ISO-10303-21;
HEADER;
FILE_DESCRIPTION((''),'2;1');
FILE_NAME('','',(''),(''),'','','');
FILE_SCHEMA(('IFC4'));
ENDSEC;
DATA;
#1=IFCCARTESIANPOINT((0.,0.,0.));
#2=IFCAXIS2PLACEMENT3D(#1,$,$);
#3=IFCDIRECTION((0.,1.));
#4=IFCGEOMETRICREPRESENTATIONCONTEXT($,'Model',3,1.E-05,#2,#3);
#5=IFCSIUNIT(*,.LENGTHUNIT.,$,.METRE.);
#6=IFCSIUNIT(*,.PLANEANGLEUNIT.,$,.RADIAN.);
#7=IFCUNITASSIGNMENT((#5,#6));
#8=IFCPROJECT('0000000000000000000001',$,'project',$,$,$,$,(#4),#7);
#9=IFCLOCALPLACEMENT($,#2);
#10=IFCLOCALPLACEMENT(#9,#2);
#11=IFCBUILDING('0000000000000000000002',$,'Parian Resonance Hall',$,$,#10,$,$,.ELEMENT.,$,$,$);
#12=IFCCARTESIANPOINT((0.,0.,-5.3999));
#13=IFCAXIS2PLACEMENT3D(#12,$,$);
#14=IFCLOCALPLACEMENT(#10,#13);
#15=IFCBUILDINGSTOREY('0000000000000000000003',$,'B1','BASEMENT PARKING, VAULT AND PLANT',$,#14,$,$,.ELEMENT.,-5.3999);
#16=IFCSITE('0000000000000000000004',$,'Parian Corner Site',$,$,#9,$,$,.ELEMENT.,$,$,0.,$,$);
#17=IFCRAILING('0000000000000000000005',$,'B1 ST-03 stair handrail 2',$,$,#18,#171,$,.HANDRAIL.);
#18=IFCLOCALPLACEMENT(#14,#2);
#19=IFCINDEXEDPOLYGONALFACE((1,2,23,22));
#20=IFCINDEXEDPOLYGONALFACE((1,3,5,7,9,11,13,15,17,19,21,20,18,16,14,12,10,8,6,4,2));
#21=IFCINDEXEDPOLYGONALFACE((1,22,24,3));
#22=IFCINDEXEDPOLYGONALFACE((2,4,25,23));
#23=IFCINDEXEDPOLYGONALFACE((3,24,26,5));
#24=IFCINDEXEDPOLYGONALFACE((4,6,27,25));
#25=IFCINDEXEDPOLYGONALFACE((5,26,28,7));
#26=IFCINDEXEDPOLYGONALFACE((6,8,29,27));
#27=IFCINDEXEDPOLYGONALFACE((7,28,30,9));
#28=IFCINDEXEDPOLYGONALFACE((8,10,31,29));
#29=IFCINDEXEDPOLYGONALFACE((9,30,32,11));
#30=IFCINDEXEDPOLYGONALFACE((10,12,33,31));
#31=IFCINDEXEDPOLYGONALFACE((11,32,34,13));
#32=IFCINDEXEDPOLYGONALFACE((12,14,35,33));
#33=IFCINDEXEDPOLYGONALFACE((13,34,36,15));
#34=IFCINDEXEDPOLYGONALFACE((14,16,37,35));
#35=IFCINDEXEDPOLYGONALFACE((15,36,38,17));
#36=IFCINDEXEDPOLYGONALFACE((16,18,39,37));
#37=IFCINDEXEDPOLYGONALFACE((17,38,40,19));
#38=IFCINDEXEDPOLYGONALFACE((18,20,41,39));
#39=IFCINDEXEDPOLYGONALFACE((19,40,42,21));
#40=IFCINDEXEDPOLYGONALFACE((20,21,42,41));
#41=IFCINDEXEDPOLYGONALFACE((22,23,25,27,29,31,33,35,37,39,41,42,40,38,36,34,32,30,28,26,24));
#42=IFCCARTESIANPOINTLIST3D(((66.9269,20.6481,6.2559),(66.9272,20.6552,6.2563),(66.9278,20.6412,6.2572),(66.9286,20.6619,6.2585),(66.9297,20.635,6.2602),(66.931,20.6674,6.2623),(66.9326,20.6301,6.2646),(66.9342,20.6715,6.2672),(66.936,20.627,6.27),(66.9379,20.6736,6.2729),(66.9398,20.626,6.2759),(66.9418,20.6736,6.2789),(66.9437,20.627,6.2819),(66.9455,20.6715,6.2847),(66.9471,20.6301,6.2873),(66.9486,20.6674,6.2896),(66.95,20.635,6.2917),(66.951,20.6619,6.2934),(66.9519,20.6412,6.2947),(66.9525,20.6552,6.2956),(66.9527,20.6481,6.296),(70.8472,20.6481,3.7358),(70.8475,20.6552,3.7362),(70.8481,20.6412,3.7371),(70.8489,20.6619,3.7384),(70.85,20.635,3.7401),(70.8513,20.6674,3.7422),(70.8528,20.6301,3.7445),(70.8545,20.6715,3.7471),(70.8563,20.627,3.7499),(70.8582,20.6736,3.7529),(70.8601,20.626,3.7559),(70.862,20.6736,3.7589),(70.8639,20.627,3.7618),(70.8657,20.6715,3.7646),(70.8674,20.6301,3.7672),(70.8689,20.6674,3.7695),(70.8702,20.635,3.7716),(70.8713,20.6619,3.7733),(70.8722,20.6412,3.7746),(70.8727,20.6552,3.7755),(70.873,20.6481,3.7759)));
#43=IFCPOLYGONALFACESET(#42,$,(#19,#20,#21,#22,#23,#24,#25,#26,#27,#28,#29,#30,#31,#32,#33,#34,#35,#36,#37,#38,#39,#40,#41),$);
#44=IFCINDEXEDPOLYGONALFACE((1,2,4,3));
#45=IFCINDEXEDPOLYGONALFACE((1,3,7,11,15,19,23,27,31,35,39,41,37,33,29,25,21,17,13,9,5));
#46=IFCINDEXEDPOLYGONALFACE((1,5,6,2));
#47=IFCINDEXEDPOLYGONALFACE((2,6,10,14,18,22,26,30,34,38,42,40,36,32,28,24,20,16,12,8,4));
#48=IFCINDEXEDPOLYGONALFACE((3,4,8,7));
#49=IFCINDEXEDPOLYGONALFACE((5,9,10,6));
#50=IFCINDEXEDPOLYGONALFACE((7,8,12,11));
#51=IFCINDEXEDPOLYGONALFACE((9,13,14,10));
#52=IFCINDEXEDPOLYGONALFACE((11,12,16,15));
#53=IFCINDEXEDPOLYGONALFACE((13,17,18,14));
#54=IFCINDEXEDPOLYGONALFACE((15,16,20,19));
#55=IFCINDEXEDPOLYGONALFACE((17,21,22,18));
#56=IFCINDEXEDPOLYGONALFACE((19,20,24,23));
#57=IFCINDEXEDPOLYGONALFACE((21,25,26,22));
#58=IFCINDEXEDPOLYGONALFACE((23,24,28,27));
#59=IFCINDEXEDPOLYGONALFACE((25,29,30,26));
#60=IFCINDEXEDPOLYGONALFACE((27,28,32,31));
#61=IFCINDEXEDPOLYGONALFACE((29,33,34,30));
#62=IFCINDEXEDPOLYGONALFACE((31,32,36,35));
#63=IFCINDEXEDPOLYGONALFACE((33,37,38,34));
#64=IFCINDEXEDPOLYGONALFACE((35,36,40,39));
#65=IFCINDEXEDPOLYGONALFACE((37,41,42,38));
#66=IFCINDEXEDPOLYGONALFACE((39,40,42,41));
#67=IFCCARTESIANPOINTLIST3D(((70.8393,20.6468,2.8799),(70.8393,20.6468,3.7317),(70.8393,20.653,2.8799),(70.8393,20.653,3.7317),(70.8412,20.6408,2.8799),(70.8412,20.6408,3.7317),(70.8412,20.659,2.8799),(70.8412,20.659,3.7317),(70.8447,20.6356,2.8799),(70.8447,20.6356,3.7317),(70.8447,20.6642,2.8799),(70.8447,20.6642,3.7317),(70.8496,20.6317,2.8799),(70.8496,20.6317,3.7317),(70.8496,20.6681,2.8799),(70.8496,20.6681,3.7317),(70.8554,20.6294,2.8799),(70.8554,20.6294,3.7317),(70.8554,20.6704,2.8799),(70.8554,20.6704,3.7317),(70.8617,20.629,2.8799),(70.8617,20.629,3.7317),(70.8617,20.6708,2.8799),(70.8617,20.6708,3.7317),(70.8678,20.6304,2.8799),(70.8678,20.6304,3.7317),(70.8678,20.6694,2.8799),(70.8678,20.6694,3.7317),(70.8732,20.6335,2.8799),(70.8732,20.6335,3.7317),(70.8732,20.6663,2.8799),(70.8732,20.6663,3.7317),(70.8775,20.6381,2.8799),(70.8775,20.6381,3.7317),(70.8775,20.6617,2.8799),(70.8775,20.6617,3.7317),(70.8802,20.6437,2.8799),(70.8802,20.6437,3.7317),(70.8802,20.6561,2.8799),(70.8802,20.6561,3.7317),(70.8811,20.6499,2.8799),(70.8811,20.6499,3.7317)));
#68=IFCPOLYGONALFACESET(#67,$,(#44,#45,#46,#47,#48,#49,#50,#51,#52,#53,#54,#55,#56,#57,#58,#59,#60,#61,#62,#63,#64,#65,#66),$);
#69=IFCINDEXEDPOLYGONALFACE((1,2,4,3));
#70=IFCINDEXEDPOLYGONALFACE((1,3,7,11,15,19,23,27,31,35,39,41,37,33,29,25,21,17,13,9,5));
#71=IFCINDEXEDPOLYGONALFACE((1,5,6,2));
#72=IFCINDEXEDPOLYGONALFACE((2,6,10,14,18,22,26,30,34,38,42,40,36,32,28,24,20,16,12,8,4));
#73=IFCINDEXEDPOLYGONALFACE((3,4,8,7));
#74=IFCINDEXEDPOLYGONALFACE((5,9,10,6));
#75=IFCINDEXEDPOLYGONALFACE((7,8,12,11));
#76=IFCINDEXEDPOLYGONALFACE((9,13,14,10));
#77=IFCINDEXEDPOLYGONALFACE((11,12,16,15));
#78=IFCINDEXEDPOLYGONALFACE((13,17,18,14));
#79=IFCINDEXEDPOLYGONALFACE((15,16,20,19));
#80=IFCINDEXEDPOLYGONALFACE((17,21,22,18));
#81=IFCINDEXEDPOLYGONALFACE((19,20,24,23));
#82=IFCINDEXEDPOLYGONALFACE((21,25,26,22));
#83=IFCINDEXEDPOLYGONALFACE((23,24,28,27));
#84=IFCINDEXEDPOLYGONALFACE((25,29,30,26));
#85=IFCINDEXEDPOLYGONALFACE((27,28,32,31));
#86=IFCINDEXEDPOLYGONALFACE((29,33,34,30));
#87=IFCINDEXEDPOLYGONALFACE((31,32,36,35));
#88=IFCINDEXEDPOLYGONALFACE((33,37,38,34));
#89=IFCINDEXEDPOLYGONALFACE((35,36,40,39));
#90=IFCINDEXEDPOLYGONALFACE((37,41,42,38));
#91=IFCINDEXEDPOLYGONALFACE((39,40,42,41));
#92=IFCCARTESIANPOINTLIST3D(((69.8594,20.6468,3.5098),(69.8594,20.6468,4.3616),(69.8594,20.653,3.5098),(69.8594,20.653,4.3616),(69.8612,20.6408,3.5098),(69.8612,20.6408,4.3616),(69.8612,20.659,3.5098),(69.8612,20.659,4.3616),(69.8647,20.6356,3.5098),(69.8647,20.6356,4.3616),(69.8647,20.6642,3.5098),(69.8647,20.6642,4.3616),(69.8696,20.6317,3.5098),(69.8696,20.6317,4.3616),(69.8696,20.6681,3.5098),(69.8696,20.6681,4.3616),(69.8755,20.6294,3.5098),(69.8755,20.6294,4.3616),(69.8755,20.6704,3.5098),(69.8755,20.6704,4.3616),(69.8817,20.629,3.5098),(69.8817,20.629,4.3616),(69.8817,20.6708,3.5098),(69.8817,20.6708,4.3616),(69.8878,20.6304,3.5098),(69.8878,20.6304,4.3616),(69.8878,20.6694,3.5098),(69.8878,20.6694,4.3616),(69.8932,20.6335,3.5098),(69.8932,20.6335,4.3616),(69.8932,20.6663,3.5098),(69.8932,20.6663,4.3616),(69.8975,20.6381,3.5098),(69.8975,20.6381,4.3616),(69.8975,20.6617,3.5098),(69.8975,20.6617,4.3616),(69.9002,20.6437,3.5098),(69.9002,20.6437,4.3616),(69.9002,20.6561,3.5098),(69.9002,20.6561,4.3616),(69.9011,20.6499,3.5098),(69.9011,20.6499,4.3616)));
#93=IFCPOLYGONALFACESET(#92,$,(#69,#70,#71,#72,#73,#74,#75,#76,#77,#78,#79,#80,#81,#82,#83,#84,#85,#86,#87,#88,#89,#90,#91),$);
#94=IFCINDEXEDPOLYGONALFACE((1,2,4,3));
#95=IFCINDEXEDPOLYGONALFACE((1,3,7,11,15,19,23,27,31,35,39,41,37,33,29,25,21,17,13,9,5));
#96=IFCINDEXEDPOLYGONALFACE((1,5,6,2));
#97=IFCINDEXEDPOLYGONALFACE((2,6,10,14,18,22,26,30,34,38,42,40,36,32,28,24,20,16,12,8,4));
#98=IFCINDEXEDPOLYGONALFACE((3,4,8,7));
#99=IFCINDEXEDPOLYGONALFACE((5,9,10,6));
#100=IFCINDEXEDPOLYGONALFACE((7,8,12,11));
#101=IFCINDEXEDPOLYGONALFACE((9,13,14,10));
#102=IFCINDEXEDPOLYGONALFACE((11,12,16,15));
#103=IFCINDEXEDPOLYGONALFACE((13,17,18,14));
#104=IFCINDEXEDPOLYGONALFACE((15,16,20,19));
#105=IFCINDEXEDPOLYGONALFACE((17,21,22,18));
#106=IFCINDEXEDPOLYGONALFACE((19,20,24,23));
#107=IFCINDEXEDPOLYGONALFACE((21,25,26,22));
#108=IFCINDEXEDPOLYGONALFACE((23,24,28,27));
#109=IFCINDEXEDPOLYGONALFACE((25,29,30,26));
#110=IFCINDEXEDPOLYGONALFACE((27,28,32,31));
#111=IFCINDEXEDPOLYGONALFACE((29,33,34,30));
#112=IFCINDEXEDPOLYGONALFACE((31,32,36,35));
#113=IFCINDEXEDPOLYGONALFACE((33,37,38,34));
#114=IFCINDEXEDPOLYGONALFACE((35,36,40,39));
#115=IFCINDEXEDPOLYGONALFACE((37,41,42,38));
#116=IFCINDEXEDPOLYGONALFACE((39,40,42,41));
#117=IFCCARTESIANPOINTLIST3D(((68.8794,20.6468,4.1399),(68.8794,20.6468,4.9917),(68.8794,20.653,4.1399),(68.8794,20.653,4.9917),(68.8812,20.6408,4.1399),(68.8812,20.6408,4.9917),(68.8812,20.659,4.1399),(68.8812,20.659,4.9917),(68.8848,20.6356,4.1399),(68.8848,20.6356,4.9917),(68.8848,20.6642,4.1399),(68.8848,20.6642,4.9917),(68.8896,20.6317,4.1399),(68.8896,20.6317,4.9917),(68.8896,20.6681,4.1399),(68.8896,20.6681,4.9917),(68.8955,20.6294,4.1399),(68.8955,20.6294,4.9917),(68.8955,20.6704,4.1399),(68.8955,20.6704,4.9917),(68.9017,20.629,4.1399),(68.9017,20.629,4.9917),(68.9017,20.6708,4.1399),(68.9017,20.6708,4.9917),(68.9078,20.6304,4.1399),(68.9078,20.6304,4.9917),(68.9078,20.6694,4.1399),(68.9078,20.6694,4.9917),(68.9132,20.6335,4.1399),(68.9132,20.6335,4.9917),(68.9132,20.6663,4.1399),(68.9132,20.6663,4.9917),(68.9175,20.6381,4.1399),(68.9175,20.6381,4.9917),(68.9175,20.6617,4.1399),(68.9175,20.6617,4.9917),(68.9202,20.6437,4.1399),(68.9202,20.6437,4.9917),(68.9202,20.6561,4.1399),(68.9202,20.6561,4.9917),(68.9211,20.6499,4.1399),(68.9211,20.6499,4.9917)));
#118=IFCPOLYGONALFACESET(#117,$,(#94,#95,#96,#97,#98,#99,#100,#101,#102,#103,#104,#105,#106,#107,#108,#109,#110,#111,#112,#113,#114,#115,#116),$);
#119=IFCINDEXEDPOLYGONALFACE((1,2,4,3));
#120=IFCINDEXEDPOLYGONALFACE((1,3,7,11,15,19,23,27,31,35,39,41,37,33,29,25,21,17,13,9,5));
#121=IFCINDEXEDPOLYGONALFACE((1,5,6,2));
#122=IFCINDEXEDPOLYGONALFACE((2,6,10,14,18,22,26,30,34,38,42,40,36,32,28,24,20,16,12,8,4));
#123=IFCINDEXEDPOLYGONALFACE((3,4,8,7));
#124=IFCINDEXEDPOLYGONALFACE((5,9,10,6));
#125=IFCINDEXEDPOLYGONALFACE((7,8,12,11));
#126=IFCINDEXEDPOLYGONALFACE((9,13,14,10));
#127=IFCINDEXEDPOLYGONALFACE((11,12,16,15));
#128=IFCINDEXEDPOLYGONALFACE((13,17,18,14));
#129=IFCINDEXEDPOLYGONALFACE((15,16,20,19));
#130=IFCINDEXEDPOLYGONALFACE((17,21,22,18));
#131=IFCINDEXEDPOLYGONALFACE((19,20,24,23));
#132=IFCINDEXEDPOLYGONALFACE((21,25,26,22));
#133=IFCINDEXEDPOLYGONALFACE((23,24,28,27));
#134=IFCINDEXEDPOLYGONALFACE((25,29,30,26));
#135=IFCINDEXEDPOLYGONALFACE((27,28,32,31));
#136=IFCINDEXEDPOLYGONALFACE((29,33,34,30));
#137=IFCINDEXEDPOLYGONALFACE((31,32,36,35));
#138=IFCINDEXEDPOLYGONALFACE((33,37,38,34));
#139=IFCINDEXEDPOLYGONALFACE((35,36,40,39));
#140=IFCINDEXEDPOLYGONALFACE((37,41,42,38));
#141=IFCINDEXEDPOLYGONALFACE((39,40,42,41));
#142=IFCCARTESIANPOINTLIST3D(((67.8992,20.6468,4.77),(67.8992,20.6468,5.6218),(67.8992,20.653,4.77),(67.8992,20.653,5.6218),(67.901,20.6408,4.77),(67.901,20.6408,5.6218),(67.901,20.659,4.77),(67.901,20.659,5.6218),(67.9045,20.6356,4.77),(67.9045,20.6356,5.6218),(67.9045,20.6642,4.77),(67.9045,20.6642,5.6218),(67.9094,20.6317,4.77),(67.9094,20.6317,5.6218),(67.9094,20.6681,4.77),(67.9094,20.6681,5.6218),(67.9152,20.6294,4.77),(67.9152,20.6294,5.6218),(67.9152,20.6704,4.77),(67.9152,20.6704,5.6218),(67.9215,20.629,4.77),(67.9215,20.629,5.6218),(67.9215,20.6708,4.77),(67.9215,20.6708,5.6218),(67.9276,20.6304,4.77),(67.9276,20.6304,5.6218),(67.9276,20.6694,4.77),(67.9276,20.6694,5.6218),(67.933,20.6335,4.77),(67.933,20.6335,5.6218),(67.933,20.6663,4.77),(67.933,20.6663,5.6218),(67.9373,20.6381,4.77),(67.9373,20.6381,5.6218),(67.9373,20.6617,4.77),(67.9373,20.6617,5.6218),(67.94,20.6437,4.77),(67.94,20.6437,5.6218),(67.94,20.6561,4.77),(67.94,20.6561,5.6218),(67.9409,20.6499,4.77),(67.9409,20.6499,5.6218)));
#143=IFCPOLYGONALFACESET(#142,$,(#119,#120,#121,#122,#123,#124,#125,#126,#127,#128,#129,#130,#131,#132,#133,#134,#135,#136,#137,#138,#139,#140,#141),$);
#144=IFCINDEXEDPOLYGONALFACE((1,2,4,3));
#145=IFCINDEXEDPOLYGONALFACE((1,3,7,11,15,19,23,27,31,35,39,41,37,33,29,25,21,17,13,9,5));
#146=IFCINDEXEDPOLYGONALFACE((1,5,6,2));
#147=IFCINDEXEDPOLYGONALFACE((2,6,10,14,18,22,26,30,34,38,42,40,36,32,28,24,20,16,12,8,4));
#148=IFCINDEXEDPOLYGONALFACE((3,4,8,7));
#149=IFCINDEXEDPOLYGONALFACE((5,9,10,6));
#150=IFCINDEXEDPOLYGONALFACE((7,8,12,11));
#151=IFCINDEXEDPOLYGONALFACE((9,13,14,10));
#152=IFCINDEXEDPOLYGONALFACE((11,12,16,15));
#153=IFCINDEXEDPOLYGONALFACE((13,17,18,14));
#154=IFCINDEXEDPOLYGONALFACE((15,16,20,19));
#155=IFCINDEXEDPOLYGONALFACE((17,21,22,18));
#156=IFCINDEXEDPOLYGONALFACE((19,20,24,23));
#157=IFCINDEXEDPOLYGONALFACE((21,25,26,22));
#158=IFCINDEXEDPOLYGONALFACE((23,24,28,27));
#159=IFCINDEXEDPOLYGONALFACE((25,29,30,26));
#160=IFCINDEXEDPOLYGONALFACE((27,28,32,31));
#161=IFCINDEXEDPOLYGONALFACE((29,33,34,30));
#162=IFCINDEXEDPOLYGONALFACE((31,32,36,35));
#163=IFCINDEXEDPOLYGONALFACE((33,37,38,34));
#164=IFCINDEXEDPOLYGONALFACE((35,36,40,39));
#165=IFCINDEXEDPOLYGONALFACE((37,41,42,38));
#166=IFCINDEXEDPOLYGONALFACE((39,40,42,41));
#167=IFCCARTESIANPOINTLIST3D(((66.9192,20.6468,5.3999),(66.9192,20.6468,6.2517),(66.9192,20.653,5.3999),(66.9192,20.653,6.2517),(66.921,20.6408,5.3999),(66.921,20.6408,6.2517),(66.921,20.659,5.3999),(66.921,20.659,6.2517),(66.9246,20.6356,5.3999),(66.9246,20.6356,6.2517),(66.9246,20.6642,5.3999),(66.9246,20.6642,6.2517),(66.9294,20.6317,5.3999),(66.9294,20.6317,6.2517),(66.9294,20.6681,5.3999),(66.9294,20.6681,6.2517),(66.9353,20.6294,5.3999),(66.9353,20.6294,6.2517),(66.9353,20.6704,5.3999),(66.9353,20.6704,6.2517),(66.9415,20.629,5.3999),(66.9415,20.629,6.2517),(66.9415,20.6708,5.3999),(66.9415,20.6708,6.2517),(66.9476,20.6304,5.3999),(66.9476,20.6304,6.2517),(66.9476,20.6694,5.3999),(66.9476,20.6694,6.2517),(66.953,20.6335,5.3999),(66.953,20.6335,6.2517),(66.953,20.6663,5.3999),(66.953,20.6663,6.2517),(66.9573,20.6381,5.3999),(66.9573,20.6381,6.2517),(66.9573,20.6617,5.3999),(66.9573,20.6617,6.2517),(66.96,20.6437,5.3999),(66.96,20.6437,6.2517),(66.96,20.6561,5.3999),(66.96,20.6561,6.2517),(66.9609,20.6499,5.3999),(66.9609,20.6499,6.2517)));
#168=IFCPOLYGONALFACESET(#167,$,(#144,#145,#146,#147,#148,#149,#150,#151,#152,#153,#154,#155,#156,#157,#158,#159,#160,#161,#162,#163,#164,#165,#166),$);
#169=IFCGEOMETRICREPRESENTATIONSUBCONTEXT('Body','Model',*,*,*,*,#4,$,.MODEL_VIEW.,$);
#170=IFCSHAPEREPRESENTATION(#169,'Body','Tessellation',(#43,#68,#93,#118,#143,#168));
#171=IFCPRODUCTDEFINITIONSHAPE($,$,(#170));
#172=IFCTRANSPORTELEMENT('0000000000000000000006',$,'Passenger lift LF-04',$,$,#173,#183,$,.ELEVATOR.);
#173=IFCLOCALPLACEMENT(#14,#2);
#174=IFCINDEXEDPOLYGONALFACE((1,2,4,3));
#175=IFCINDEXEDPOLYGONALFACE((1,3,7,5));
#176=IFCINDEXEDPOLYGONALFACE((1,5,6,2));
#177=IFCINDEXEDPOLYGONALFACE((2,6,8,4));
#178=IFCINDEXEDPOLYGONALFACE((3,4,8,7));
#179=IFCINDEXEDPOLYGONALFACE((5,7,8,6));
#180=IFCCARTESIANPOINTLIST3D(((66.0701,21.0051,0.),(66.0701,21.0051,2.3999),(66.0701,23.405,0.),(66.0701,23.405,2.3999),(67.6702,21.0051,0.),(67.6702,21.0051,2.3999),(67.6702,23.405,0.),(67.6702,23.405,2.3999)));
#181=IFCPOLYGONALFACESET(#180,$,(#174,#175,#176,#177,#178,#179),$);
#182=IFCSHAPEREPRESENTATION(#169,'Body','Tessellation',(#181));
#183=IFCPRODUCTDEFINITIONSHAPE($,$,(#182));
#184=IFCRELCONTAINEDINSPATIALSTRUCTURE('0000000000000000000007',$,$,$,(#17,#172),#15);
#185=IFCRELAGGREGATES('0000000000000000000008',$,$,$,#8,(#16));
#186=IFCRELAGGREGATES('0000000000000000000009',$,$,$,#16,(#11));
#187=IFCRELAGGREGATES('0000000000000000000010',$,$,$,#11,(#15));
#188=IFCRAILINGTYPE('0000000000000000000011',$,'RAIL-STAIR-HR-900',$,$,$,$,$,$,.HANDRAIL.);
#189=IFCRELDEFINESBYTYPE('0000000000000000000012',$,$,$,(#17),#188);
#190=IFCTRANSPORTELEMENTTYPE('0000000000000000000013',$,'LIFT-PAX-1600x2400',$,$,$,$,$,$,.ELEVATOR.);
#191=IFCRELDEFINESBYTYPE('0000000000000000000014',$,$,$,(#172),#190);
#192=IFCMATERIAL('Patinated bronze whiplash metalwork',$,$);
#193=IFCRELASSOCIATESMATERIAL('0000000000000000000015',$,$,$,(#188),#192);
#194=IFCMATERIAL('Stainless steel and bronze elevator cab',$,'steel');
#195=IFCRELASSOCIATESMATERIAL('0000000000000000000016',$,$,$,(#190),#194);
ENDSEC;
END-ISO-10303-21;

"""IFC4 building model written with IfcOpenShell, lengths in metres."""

from ifc_helpers import new_model, si_unit, direction, frame, origin, origin_2d, place, context, subcontext, project, spatial, rectangle, circle, extrude, material, type_object, element, save


model = new_model("IFC4")

# Units and contexts
model_context = context("Model", 3, precision=1e-05, world=origin(), true_north=direction((0.0, 1.0)))
body_context = subcontext(model_context, "Body", "Model", "MODEL_VIEW")
ifc_project = project(units=[si_unit("LENGTHUNIT", "METRE"), si_unit("PLANEANGLEUNIT", "RADIAN")], contexts=[model_context])

# Site, building, storey
site_placement = place(None, origin())
site = spatial("IfcSite", under=ifc_project, at=site_placement, Name="Parian Corner Site", CompositionType="ELEMENT", RefElevation=0.0)
building_placement = place(site_placement, origin())
building = spatial("IfcBuilding", under=site, at=building_placement, Name="Parian Resonance Hall", CompositionType="ELEMENT")
storey_placement = place(building_placement, frame((0.0, 0.0, -5.3999)))
storey = spatial("IfcBuildingStorey", under=building, at=storey_placement, Name="B1", Description="BASEMENT PARKING, VAULT AND PLANT", CompositionType="ELEMENT", Elevation=-5.3999)

# Railing
ifc_material_1 = material(Name="Patinated bronze whiplash metalwork")
railing_type_1 = type_object("IfcRailingType", Name="RAIL-STAIR-HR-900", PredefinedType="HANDRAIL", material=ifc_material_1)
railing_1_placement = place(storey_placement, frame((70.8601, 20.6499, 2.8799)))
element("IfcRailing", 1, at=railing_1_placement, inside=storey, type_object=railing_type_1, Name="B1 ST-03 stair handrail 2", PredefinedType="HANDRAIL", context=body_context, shape_type="SweptSolid", body=[
    extrude(circle(Radius=0.0239, at=origin_2d()), frame((0.0, 0.0, 0.876), z_axis=(-0.841187, 0.0, 0.540744), x_axis=(0.0, -1.0, 0.0)), (0.0, 0.0, 1.0), 4.6604),
    extrude(circle(Radius=0.021, at=origin_2d()), origin(), (0.0, 0.0, 1.0), 0.8518),
    extrude(circle(Radius=0.021, at=origin_2d()), frame((-0.98, 0.0, 0.6299)), (0.0, 0.0, 1.0), 0.8518),
    extrude(circle(Radius=0.021, at=origin_2d()), frame((-1.96, 0.0, 1.26)), (0.0, 0.0, 1.0), 0.8518),
    extrude(circle(Radius=0.021, at=origin_2d()), frame((-2.9402, 0.0, 1.8901)), (0.0, 0.0, 1.0), 0.8518),
    extrude(circle(Radius=0.021, at=origin_2d()), frame((-3.9202, 0.0, 2.52)), (0.0, 0.0, 1.0), 0.8518),
])

# Transport element
ifc_material_2 = material(Name="Stainless steel and bronze elevator cab", Category="steel")
transport_element_type = type_object("IfcTransportElementType", Name="LIFT-PAX-1600x2400", PredefinedType="ELEVATOR", material=ifc_material_2)
transport_element_placement = place(storey_placement, frame((66.8701, 22.2051, 0.0), z_axis=(0.0, 0.0, 1.0), x_axis=(1.0, 0.0, 0.0)))
element("IfcTransportElement", 2, at=transport_element_placement, inside=storey, type_object=transport_element_type, Name="Passenger lift LF-04", PredefinedType="ELEVATOR", context=body_context, shape_type="SweptSolid", body=[
    extrude(rectangle(XDim=1.6001, YDim=2.3999, at=origin_2d()), origin(), (0.0, 0.0, 1.0), 2.3999),
])

save(model, "model.ifc")
